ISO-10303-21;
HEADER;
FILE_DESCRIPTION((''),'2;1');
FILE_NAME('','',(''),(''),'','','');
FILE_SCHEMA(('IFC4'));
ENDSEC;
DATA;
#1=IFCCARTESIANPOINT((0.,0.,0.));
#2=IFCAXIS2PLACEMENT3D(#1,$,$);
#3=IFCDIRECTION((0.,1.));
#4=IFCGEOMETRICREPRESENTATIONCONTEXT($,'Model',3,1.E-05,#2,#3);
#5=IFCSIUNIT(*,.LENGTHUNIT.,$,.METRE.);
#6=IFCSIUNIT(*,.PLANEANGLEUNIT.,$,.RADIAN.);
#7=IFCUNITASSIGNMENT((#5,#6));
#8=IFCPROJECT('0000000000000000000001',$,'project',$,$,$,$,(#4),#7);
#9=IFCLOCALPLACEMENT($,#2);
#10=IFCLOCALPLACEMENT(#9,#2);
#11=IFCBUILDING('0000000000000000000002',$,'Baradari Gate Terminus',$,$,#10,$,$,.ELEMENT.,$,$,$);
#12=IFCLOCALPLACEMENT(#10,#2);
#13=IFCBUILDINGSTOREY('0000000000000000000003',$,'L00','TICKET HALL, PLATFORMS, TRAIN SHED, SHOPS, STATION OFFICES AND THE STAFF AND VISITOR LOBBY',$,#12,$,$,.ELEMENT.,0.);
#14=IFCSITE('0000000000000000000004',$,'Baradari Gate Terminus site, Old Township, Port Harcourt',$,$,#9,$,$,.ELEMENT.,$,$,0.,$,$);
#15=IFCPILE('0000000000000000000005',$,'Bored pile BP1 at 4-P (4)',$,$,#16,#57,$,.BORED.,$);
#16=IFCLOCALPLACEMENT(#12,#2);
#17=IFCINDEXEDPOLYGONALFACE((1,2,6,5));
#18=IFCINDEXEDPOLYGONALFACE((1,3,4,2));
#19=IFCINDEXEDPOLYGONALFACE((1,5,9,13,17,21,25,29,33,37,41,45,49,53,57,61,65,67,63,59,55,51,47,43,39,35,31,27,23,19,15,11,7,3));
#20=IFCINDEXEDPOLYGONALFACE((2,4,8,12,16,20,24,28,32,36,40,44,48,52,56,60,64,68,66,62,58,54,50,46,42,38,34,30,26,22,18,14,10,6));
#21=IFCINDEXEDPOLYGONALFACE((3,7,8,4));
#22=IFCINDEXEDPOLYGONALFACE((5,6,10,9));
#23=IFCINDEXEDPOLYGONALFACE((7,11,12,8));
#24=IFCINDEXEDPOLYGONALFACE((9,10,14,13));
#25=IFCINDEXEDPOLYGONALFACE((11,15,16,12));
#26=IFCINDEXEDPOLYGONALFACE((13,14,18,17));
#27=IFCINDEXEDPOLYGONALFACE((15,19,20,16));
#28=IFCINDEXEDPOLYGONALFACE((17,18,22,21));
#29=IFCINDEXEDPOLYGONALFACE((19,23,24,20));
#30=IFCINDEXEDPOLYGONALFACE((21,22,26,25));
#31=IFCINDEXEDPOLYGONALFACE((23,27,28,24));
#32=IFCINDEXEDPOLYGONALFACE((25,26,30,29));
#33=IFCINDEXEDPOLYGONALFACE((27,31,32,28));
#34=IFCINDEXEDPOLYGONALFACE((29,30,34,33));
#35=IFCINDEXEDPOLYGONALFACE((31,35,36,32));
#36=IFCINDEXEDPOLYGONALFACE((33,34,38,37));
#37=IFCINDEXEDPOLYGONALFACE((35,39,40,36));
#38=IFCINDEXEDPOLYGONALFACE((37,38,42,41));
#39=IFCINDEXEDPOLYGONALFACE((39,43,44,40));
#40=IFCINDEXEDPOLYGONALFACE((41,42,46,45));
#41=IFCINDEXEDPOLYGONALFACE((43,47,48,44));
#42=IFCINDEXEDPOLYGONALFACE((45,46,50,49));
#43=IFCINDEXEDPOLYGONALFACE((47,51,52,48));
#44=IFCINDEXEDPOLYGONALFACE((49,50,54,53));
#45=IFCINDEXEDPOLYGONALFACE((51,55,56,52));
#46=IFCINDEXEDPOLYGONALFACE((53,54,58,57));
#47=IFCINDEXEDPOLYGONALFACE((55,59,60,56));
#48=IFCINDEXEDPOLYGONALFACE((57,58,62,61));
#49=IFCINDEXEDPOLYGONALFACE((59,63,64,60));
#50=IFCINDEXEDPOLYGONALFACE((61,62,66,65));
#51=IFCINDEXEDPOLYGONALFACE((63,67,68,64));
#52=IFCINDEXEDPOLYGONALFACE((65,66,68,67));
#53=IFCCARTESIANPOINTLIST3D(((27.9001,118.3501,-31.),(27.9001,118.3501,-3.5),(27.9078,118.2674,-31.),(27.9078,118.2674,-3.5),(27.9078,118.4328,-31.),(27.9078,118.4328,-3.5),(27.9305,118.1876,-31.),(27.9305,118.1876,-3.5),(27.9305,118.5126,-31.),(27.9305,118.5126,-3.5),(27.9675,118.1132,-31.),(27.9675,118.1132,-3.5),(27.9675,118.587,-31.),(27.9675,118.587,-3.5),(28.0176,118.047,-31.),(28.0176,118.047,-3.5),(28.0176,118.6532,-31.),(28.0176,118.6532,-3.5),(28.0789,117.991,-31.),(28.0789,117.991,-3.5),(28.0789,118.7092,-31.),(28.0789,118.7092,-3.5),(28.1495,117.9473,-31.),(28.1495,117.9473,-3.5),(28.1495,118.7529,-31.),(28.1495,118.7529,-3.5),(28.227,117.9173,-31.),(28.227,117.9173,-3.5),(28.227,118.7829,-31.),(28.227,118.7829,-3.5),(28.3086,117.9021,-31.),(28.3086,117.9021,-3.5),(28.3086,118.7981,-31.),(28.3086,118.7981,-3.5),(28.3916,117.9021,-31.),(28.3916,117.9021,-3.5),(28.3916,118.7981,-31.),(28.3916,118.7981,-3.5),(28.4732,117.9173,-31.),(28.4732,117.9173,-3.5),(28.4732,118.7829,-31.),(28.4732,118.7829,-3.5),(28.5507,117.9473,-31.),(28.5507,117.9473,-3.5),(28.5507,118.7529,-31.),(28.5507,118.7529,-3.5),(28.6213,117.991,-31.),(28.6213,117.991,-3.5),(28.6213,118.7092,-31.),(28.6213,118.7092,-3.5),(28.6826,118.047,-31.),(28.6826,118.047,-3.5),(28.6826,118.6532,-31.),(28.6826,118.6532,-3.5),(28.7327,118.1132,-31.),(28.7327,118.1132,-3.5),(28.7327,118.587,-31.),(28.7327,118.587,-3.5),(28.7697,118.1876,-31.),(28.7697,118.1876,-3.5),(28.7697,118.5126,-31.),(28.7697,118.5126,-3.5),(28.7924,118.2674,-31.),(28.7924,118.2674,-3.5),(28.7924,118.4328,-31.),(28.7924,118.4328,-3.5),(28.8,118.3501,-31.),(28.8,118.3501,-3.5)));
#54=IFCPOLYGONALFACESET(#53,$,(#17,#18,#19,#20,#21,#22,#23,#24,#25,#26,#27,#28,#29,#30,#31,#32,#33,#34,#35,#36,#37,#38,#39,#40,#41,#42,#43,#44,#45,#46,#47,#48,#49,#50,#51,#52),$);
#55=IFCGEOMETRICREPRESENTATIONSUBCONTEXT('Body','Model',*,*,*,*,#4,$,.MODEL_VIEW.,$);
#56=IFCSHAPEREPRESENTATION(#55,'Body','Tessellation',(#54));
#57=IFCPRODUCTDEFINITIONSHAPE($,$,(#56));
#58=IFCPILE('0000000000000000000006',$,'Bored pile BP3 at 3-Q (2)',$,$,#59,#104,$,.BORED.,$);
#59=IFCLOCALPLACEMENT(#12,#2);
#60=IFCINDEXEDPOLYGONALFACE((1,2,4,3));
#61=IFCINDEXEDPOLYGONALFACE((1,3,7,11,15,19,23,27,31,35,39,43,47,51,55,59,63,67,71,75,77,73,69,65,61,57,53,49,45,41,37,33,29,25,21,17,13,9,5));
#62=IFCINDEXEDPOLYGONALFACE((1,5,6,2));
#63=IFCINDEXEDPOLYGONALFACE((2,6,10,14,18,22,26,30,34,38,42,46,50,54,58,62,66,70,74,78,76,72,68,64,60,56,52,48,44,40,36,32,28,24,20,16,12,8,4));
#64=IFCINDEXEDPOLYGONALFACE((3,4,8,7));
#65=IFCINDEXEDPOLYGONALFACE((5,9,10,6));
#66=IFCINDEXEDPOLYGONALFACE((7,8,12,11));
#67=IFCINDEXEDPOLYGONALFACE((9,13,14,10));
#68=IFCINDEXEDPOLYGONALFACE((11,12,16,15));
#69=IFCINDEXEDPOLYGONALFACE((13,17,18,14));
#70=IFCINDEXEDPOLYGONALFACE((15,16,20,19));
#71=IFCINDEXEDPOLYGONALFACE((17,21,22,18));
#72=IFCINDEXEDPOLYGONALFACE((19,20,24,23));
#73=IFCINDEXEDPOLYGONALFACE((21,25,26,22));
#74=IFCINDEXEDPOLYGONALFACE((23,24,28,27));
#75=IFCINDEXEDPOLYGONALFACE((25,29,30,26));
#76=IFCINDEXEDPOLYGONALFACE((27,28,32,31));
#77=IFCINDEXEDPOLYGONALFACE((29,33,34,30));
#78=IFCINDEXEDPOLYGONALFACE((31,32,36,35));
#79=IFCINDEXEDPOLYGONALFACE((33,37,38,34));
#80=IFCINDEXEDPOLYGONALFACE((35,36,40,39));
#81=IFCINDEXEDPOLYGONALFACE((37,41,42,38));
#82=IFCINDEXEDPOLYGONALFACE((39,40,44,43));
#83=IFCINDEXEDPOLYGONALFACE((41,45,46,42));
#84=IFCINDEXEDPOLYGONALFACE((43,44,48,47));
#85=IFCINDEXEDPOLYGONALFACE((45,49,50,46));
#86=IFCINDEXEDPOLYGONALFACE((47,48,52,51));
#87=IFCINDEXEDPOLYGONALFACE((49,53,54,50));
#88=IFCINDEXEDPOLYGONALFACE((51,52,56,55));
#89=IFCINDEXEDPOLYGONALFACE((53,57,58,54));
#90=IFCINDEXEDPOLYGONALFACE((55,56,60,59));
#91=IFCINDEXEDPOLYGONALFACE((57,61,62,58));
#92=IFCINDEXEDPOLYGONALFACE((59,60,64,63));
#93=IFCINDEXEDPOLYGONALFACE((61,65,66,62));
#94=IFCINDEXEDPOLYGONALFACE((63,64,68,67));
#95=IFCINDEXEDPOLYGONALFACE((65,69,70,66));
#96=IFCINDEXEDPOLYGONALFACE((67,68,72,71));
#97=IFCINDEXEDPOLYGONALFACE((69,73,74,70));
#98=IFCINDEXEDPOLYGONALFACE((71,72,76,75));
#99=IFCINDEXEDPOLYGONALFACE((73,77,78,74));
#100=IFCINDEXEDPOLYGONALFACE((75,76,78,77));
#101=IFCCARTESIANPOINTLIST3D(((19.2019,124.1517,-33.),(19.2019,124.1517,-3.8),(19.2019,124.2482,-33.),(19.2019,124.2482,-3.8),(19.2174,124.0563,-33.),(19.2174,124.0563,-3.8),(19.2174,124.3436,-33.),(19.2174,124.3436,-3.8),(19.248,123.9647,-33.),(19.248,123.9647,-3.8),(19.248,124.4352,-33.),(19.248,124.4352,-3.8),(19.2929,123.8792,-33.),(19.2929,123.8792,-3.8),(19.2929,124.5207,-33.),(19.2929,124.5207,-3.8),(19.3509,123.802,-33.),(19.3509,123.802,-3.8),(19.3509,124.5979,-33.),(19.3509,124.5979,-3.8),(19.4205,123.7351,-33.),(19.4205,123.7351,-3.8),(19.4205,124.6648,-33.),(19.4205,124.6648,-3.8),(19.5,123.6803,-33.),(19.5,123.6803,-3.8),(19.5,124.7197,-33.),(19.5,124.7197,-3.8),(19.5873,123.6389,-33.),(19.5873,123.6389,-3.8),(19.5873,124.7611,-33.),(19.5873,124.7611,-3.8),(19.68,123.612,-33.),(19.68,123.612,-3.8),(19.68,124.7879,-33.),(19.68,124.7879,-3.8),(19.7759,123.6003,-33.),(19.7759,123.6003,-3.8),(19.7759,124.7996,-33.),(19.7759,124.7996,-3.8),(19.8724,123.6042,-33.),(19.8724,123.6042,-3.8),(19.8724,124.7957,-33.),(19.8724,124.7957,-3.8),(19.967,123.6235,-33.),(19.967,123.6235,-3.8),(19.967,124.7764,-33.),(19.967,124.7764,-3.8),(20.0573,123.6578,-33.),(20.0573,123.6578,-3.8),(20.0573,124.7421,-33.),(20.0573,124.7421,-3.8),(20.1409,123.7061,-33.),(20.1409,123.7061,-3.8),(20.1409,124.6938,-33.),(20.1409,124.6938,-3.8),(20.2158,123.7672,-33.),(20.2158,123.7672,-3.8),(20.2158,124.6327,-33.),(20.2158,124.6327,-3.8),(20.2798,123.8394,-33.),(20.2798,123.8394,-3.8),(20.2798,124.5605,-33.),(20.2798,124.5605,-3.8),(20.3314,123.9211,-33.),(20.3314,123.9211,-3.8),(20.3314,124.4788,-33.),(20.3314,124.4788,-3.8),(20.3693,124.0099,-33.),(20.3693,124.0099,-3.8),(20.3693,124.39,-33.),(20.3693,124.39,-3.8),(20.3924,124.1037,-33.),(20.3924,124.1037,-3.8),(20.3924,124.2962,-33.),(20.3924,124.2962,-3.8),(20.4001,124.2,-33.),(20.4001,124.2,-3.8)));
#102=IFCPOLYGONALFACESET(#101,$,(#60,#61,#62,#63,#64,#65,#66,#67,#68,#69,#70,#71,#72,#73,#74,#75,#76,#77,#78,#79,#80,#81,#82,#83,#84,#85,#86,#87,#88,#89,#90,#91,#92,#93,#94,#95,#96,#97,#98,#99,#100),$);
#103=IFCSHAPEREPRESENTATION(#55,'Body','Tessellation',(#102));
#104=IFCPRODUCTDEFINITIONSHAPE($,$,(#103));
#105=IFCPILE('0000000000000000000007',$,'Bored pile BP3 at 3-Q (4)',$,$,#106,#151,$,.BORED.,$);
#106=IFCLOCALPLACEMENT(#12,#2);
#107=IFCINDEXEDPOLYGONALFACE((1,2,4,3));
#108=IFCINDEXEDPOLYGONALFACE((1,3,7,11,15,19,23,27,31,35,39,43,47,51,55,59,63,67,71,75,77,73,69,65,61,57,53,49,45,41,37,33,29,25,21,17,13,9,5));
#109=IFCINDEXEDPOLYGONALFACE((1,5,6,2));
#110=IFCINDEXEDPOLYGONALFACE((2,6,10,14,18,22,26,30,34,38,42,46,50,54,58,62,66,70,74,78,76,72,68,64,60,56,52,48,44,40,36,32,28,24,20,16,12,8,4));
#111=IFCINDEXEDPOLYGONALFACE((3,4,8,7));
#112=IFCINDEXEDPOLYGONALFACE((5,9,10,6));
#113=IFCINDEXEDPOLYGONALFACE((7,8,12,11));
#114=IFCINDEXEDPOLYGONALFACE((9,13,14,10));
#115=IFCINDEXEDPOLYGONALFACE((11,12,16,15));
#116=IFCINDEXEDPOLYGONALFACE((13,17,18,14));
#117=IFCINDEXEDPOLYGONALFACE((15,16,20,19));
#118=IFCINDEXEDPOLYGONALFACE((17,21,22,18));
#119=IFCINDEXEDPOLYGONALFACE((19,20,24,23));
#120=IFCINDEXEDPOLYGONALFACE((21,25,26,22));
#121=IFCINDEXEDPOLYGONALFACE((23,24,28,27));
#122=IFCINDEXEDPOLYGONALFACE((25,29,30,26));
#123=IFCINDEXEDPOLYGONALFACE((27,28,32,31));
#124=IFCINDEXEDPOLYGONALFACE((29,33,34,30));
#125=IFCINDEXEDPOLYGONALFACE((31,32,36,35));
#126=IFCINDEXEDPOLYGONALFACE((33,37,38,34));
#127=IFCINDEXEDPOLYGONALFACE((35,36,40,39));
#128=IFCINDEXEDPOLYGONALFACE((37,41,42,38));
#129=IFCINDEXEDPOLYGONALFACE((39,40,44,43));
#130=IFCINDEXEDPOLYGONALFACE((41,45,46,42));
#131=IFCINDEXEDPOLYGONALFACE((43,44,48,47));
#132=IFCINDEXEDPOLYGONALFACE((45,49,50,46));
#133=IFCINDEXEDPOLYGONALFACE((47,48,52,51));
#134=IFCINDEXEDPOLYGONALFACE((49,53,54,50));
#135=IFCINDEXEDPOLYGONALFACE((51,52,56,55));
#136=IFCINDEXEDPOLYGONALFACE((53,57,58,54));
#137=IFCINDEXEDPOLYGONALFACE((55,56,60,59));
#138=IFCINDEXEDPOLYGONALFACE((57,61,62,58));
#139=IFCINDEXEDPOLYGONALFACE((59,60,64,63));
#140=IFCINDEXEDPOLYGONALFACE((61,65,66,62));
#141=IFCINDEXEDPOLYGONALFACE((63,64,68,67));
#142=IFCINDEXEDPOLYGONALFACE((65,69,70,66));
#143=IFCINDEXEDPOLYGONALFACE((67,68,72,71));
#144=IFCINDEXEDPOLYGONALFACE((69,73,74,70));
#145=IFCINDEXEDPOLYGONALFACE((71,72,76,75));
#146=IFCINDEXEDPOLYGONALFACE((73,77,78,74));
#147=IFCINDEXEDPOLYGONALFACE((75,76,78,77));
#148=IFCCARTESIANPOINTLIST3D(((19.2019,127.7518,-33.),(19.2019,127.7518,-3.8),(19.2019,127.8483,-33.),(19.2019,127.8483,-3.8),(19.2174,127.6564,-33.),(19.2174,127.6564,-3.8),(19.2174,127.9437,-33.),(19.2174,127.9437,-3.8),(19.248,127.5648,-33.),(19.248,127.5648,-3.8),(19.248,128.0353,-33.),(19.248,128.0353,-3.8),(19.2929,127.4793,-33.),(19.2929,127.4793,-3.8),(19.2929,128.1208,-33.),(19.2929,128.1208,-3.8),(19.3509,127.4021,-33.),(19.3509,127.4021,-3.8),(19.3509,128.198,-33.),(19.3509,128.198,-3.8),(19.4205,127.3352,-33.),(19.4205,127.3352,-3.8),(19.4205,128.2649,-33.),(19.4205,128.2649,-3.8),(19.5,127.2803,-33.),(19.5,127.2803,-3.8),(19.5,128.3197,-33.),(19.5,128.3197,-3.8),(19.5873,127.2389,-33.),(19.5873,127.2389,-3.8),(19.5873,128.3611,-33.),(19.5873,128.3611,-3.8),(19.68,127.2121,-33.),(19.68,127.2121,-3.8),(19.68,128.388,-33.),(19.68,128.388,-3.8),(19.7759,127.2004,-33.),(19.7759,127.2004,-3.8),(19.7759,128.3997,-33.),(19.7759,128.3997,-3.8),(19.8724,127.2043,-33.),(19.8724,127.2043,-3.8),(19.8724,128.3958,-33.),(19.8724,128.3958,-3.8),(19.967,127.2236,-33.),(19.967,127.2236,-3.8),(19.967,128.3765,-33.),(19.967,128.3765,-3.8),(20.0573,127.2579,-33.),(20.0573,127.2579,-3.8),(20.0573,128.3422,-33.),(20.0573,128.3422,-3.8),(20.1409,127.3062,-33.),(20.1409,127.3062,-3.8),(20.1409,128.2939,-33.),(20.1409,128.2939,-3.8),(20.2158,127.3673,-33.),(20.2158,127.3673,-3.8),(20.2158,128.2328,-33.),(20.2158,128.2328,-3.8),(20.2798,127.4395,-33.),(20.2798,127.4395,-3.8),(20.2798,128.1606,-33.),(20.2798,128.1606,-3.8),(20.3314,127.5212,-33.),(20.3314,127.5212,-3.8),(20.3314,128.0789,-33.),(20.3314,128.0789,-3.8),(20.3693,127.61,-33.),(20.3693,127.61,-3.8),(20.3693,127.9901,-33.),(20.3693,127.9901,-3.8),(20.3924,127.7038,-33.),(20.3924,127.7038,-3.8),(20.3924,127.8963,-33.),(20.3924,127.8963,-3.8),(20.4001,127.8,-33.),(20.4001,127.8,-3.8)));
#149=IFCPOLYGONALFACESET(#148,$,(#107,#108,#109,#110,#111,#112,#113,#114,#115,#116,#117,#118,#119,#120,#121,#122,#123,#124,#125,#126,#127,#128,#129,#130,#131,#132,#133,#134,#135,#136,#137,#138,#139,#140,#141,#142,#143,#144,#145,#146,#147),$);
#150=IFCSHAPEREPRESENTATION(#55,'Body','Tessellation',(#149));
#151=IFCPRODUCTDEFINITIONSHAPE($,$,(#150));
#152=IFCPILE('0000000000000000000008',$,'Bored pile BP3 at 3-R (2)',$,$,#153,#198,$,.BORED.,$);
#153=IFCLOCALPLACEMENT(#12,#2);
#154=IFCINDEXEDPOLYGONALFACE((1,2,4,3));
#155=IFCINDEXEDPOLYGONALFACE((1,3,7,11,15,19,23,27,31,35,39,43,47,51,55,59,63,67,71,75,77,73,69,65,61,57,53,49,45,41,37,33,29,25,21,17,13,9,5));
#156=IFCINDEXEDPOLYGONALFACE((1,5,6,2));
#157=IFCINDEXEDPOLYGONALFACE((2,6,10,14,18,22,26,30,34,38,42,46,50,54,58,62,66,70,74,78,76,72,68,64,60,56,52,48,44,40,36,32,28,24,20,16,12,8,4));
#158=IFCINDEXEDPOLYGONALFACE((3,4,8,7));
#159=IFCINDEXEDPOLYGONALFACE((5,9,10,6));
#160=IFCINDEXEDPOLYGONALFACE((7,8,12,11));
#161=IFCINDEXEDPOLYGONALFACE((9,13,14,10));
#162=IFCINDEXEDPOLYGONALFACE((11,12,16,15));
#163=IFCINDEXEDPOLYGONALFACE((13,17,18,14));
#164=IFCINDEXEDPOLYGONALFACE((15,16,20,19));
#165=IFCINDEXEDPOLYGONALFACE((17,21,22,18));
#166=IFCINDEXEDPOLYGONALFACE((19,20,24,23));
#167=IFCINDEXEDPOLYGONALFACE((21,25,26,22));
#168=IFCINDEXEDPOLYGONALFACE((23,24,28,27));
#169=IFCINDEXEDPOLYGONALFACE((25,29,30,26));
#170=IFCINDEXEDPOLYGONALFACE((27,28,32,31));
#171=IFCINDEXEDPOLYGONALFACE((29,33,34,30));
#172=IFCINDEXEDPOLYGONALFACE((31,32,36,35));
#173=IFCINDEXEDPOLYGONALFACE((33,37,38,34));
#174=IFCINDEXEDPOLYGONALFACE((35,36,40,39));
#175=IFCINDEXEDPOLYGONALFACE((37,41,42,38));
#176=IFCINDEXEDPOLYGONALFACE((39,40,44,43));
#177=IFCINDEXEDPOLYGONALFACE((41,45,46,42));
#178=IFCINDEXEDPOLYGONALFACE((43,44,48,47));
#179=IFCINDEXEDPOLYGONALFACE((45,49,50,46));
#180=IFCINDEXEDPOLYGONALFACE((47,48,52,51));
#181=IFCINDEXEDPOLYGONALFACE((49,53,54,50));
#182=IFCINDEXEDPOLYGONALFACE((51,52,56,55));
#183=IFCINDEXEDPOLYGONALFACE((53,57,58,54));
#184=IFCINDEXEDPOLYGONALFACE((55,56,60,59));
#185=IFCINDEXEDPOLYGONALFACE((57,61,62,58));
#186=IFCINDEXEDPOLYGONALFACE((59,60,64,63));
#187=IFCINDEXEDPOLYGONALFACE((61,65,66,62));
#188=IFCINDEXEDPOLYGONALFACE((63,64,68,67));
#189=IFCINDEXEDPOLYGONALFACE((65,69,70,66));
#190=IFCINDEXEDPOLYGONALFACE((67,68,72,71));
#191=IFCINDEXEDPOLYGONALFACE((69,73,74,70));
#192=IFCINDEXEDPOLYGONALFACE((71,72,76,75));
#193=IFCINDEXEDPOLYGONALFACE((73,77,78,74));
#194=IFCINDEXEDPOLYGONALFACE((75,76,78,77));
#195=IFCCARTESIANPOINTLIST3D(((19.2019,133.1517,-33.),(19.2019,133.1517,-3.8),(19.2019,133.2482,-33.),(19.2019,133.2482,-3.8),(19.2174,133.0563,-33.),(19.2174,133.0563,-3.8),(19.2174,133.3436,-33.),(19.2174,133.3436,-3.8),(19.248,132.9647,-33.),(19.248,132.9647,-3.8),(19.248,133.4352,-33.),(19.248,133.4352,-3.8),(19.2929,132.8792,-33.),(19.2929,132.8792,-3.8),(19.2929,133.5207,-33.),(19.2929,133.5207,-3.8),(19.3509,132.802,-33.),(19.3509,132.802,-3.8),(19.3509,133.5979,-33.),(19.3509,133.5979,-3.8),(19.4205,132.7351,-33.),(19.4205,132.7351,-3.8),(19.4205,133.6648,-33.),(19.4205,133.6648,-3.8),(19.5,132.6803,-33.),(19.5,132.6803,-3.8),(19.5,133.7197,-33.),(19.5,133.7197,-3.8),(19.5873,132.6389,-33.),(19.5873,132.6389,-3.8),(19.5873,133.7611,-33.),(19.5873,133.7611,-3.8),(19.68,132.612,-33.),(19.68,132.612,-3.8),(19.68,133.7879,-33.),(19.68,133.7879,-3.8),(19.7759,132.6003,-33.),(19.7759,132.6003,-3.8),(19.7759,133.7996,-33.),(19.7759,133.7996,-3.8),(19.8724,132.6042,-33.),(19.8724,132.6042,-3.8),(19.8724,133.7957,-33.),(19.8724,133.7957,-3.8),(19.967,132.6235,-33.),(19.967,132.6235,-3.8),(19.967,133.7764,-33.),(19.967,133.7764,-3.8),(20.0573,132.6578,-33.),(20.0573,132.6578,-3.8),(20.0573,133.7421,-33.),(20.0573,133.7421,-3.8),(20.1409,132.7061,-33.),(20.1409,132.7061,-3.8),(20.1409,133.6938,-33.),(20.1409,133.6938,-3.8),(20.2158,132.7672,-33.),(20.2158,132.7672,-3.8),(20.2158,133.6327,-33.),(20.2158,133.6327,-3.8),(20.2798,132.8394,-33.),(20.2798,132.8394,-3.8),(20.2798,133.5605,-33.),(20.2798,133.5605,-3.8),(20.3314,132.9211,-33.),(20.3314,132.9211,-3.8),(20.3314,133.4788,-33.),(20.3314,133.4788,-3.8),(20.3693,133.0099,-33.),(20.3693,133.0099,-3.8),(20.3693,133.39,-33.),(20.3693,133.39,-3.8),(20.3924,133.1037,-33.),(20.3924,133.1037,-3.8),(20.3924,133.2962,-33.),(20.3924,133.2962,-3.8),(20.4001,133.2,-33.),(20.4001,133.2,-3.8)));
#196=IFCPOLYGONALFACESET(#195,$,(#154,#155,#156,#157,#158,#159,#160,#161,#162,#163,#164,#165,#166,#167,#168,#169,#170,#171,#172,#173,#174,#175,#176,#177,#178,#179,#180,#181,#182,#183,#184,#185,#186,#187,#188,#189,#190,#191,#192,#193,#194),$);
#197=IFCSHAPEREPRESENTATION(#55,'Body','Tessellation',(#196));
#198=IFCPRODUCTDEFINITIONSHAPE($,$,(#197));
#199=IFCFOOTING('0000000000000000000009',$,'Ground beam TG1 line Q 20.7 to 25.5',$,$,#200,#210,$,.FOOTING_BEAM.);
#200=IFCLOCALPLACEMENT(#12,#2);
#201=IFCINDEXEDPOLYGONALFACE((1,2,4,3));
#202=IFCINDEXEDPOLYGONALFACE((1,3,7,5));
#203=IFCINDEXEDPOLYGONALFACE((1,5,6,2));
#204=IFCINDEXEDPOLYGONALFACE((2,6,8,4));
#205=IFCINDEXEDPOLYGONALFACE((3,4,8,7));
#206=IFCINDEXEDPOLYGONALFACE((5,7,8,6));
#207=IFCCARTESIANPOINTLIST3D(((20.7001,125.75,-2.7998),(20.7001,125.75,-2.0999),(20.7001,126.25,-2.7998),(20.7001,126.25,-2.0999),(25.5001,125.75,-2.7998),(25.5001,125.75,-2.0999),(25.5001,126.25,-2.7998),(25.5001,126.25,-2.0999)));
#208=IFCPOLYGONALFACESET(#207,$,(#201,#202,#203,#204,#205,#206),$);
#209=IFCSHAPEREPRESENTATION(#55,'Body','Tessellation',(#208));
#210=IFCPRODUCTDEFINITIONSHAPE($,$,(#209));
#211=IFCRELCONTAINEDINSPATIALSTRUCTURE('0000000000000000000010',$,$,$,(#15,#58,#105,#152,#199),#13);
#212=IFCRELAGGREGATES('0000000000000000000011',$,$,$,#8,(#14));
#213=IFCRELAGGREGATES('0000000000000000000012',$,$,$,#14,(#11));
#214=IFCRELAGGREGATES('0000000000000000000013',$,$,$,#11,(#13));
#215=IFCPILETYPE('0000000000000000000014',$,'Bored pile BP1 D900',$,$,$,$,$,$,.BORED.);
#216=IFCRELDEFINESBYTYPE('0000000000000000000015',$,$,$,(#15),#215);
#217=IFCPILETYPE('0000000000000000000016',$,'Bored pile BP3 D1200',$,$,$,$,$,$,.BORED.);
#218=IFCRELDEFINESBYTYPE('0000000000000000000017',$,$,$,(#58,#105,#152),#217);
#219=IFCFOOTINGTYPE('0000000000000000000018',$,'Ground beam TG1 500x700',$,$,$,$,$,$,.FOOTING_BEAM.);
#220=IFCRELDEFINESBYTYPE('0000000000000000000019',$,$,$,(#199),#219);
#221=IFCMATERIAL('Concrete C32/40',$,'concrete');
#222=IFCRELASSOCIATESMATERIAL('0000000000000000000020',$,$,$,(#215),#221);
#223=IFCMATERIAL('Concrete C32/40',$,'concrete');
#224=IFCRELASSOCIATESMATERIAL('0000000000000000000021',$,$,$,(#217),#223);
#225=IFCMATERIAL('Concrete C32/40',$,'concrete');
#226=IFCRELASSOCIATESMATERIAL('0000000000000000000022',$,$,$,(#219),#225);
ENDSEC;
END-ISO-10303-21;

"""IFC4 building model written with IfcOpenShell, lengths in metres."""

from ifc_helpers import new_model, si_unit, direction, frame, origin, origin_2d, place, context, subcontext, project, spatial, rectangle, circle, extrude, material, type_object, element, save


model = new_model("IFC4")

# Units and contexts
model_context = context("Model", 3, precision=1e-05, world=origin(), true_north=direction((0.0, 1.0)))
body_context = subcontext(model_context, "Body", "Model", "MODEL_VIEW")
ifc_project = project(units=[si_unit("LENGTHUNIT", "METRE"), si_unit("PLANEANGLEUNIT", "RADIAN")], contexts=[model_context])

# Site, building, storey
site_placement = place(None, origin())
site = spatial("IfcSite", under=ifc_project, at=site_placement, Name="Baradari Gate Terminus site, Old Township, Port Harcourt", CompositionType="ELEMENT", RefElevation=0.0)
building_placement = place(site_placement, origin())
building = spatial("IfcBuilding", under=site, at=building_placement, Name="Baradari Gate Terminus", CompositionType="ELEMENT")
storey_placement = place(building_placement, origin())
storey = spatial("IfcBuildingStorey", under=building, at=storey_placement, Name="L00", Description="TICKET HALL, PLATFORMS, TRAIN SHED, SHOPS, STATION OFFICES AND THE STAFF AND VISITOR LOBBY", CompositionType="ELEMENT", Elevation=0.0)

# Piles
ifc_material_1 = material(Name="Concrete C32/40", Category="concrete")
pile_type_1 = type_object("IfcPileType", Name="Bored pile BP1 D900", PredefinedType="BORED", material=ifc_material_1)
for number, where, z_axis, x_axis, name in (
    (1, (28.3501, 118.3501, -3.5), (0.0, 0.0, -1.0), (1.0, 0.0, 0.0), "Bored pile BP1 at 4-P (4)"),
):
    element("IfcPile", number, at=place(storey_placement, frame(where, z_axis=z_axis, x_axis=x_axis)), inside=storey, type_object=pile_type_1, Name=name, PredefinedType="BORED", context=body_context, shape_type="SweptSolid", body=[
        extrude(circle(Radius=0.45, at=origin_2d()), origin(), (0.0, 0.0, 1.0), 27.5),
    ])
ifc_material_2 = material(Name="Concrete C32/40", Category="concrete")
pile_type_2 = type_object("IfcPileType", Name="Bored pile BP3 D1200", PredefinedType="BORED", material=ifc_material_2)
for number, where, z_axis, x_axis, name in (
    (2, (19.8, 124.2, -3.8), (0.0, 0.0, -1.0), (1.0, 0.0, 0.0), "Bored pile BP3 at 3-Q (2)"),
    (3, (19.8, 127.8, -3.8), (0.0, 0.0, -1.0), (1.0, 0.0, 0.0), "Bored pile BP3 at 3-Q (4)"),
    (4, (19.8, 133.2, -3.8), (0.0, 0.0, -1.0), (1.0, 0.0, 0.0), "Bored pile BP3 at 3-R (2)"),
):
    element("IfcPile", number, at=place(storey_placement, frame(where, z_axis=z_axis, x_axis=x_axis)), inside=storey, type_object=pile_type_2, Name=name, PredefinedType="BORED", context=body_context, shape_type="SweptSolid", body=[
        extrude(circle(Radius=0.6001, at=origin_2d()), origin(), (0.0, 0.0, 1.0), 29.2),
    ])

# Footing
ifc_material_3 = material(Name="Concrete C32/40", Category="concrete")
footing_type = type_object("IfcFootingType", Name="Ground beam TG1 500x700", PredefinedType="FOOTING_BEAM", material=ifc_material_3)
footing_1_placement = place(storey_placement, frame((23.1001, 126.0, -2.7998), z_axis=(0.0, 0.0, 1.0), x_axis=(1.0, 0.0, 0.0)))
element("IfcFooting", 5, at=footing_1_placement, inside=storey, type_object=footing_type, Name="Ground beam TG1 line Q 20.7 to 25.5", PredefinedType="FOOTING_BEAM", context=body_context, shape_type="SweptSolid", body=[
    extrude(rectangle(XDim=4.8, YDim=0.5, at=origin_2d()), origin(), (0.0, 0.0, 1.0), 0.7),
])

save(model, "model.ifc")
